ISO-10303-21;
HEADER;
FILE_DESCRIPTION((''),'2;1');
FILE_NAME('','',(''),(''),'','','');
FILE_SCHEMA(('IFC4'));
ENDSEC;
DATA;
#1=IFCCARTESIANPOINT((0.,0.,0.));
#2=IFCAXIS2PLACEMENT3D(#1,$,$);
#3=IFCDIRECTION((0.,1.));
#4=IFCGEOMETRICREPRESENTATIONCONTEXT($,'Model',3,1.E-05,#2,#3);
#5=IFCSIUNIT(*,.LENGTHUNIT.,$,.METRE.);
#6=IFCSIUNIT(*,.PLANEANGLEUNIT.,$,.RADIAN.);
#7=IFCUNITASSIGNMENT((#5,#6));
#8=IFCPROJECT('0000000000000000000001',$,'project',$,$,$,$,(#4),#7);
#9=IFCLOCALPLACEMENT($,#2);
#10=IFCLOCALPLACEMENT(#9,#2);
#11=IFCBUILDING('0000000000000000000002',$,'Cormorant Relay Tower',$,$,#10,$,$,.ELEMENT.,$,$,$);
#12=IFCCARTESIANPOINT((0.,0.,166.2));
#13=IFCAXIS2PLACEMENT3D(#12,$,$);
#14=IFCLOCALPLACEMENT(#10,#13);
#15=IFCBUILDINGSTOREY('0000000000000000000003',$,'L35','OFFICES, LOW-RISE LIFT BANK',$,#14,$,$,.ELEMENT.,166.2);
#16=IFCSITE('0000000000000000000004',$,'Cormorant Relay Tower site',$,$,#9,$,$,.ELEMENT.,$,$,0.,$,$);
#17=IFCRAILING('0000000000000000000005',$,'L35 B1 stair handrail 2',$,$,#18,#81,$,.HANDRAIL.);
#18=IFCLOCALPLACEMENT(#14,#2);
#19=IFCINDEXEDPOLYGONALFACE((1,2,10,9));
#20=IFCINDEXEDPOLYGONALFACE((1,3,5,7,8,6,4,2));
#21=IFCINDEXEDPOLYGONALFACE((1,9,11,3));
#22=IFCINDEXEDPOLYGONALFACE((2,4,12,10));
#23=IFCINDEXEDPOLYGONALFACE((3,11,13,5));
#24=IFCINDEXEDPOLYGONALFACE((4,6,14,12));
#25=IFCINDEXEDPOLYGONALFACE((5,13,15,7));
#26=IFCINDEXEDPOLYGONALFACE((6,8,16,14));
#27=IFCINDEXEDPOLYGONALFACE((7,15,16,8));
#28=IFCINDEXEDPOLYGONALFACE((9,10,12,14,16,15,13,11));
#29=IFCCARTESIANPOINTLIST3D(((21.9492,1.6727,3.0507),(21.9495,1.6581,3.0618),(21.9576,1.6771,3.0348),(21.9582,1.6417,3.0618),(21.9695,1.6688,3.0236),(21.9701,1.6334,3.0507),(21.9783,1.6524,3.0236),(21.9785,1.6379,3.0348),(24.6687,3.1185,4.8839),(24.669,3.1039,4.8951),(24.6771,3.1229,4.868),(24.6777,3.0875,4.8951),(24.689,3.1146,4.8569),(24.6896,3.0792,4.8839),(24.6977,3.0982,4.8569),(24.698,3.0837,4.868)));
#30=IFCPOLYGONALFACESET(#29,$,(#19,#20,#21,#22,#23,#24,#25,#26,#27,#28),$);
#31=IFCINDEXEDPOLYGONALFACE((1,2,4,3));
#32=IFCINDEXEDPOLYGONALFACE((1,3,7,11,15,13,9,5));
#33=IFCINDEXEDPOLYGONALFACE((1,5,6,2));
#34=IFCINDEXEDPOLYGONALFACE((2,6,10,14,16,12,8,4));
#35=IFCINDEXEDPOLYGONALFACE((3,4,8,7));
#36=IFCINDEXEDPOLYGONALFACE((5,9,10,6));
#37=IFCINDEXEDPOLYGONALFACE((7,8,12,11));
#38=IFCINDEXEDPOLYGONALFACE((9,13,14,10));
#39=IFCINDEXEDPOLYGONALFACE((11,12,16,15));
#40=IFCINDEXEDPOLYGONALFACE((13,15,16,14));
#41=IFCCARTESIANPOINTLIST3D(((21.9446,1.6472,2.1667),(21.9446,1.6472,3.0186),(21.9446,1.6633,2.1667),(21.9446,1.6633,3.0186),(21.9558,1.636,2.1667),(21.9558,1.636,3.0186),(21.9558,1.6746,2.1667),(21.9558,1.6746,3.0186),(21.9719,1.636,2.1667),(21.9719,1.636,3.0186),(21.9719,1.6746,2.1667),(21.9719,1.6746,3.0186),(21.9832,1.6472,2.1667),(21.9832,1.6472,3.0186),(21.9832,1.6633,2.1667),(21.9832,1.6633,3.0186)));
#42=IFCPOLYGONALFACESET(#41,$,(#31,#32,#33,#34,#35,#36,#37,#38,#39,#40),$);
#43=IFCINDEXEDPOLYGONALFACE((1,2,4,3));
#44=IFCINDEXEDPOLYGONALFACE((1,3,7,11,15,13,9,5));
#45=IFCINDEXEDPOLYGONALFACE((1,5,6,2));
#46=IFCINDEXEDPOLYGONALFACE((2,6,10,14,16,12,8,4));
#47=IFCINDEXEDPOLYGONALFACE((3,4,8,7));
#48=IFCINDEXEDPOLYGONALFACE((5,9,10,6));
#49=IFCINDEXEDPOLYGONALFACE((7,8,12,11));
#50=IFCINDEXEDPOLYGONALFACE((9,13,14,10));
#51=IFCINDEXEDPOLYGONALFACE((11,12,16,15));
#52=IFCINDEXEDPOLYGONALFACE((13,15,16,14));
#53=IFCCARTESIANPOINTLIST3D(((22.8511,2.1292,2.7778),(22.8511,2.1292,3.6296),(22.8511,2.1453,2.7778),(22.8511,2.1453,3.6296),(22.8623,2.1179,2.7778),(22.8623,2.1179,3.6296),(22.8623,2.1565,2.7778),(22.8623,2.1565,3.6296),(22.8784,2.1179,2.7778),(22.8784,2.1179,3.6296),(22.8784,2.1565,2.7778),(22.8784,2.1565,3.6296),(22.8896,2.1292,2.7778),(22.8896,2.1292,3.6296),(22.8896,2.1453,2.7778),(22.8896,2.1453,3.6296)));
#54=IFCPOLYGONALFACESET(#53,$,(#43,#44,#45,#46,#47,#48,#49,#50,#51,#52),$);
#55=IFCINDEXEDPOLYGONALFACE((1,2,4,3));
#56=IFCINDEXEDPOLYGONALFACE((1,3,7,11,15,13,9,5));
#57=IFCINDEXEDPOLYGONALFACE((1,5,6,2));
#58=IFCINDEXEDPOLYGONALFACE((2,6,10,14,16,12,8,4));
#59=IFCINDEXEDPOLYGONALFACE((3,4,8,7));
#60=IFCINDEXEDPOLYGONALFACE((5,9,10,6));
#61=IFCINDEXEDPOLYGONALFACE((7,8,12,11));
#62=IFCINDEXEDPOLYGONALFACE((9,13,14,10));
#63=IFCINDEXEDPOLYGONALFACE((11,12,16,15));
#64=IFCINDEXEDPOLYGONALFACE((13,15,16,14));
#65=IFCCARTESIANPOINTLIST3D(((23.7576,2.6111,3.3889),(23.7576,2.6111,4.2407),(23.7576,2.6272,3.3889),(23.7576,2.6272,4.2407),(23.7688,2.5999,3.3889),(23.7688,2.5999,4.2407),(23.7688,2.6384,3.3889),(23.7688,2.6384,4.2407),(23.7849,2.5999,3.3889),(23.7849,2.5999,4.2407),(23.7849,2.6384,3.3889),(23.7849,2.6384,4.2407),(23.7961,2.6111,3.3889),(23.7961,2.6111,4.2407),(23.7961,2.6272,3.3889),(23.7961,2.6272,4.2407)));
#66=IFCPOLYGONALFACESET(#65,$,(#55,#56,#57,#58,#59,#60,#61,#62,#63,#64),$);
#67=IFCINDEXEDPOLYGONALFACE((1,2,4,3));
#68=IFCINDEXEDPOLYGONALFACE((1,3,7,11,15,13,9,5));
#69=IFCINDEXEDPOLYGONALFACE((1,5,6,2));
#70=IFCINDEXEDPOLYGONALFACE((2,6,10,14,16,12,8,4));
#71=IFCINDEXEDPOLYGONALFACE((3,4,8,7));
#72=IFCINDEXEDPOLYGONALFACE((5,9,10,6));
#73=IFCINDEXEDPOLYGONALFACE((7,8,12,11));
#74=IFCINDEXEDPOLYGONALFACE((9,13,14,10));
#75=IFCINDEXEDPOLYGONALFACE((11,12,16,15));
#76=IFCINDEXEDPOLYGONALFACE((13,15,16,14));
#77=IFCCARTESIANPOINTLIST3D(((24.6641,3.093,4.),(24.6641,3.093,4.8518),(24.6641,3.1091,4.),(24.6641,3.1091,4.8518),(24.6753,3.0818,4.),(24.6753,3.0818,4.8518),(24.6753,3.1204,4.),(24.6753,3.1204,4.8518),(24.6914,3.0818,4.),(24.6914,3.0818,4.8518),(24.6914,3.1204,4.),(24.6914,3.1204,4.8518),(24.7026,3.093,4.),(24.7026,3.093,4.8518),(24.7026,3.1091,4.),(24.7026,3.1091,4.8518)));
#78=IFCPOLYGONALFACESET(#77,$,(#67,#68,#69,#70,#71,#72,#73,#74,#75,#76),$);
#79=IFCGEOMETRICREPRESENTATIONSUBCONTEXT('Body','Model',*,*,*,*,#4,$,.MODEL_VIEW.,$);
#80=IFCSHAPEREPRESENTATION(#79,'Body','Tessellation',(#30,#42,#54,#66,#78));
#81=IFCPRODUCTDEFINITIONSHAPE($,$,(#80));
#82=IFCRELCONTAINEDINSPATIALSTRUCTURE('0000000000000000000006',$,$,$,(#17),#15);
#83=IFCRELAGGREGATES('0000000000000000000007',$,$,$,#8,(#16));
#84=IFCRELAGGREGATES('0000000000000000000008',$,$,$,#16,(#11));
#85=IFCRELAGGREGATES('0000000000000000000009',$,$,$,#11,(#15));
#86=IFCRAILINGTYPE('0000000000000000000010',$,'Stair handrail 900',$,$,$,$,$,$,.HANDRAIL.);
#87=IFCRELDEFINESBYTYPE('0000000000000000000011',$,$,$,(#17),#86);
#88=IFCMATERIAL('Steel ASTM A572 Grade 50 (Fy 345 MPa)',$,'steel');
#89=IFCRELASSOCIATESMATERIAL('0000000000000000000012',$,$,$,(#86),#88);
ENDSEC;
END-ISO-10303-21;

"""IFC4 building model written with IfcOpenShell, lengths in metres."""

from ifc_helpers import new_model, si_unit, direction, frame, origin, place, context, subcontext, project, spatial, polyline, outline, extrude, material, type_object, element, save


model = new_model("IFC4")

# Units and contexts
model_context = context("Model", 3, precision=1e-05, world=origin(), true_north=direction((0.0, 1.0)))
body_context = subcontext(model_context, "Body", "Model", "MODEL_VIEW")
ifc_project = project(units=[si_unit("LENGTHUNIT", "METRE"), si_unit("PLANEANGLEUNIT", "RADIAN")], contexts=[model_context])

# Site, building, storey
site_placement = place(None, origin())
site = spatial("IfcSite", under=ifc_project, at=site_placement, Name="Cormorant Relay Tower site", CompositionType="ELEMENT", RefElevation=0.0)
building_placement = place(site_placement, origin())
building = spatial("IfcBuilding", under=site, at=building_placement, Name="Cormorant Relay Tower", CompositionType="ELEMENT")
storey_placement = place(building_placement, frame((0.0, 0.0, 166.2)))
storey = spatial("IfcBuildingStorey", under=building, at=storey_placement, Name="L35", Description="OFFICES, LOW-RISE LIFT BANK", CompositionType="ELEMENT", Elevation=166.2)

# Railing
ifc_material_1 = material(Name="Steel ASTM A572 Grade 50 (Fy 345 MPa)", Category="steel")
railing_type_1 = type_object("IfcRailingType", Name="Stair handrail 900", PredefinedType="HANDRAIL", material=ifc_material_1)
railing_1_placement = place(storey_placement, frame((21.9639, 1.6553, 2.1667)))
element("IfcRailing", 1, at=railing_1_placement, inside=storey, type_object=railing_type_1, Name="L35 B1 stair handrail 2", PredefinedType="HANDRAIL", context=body_context, shape_type="SweptSolid", body=[
    extrude(outline(polyline([(0.0222, 0.0093), (0.0093, 0.0222), (-0.0093, 0.0222), (-0.0222, 0.0093), (-0.0222, -0.0093), (-0.0093, -0.0222), (0.0093, -0.0222), (0.0222, -0.0093), (0.0222, 0.0093)])), frame((0.0, 0.0, 0.876), z_axis=(0.758735, 0.403378, 0.511477), x_axis=(-0.469428, 0.882971, 0.0)), (0.0, 0.0, 1.0), 3.5842),
    extrude(outline(polyline([(0.0193, 0.0081), (0.0081, 0.0193), (-0.0081, 0.0193), (-0.0193, 0.0081), (-0.0193, -0.0081), (-0.0081, -0.0193), (0.0081, -0.0193), (0.0193, -0.0081), (0.0193, 0.0081)])), origin(), (0.0, 0.0, 1.0), 0.8518),
    extrude(outline(polyline([(0.0193, 0.0081), (0.0081, 0.0193), (-0.0081, 0.0193), (-0.0193, 0.0081), (-0.0193, -0.0081), (-0.0081, -0.0193), (0.0081, -0.0193), (0.0193, -0.0081), (0.0193, 0.0081)])), frame((0.9065, 0.4819, 0.6111)), (0.0, 0.0, 1.0), 0.8518),
    extrude(outline(polyline([(0.0193, 0.0081), (0.0081, 0.0193), (-0.0081, 0.0193), (-0.0193, 0.0081), (-0.0193, -0.0081), (-0.0081, -0.0193), (0.0081, -0.0193), (0.0193, -0.0081), (0.0193, 0.0081)])), frame((1.813, 0.9639, 1.2222)), (0.0, 0.0, 1.0), 0.8518),
    extrude(outline(polyline([(0.0193, 0.0081), (0.0081, 0.0193), (-0.0081, 0.0193), (-0.0193, 0.0081), (-0.0193, -0.0081), (-0.0081, -0.0193), (0.0081, -0.0193), (0.0193, -0.0081), (0.0193, 0.0081)])), frame((2.7195, 1.4458, 1.8333)), (0.0, 0.0, 1.0), 0.8518),
])

save(model, "model.ifc")
